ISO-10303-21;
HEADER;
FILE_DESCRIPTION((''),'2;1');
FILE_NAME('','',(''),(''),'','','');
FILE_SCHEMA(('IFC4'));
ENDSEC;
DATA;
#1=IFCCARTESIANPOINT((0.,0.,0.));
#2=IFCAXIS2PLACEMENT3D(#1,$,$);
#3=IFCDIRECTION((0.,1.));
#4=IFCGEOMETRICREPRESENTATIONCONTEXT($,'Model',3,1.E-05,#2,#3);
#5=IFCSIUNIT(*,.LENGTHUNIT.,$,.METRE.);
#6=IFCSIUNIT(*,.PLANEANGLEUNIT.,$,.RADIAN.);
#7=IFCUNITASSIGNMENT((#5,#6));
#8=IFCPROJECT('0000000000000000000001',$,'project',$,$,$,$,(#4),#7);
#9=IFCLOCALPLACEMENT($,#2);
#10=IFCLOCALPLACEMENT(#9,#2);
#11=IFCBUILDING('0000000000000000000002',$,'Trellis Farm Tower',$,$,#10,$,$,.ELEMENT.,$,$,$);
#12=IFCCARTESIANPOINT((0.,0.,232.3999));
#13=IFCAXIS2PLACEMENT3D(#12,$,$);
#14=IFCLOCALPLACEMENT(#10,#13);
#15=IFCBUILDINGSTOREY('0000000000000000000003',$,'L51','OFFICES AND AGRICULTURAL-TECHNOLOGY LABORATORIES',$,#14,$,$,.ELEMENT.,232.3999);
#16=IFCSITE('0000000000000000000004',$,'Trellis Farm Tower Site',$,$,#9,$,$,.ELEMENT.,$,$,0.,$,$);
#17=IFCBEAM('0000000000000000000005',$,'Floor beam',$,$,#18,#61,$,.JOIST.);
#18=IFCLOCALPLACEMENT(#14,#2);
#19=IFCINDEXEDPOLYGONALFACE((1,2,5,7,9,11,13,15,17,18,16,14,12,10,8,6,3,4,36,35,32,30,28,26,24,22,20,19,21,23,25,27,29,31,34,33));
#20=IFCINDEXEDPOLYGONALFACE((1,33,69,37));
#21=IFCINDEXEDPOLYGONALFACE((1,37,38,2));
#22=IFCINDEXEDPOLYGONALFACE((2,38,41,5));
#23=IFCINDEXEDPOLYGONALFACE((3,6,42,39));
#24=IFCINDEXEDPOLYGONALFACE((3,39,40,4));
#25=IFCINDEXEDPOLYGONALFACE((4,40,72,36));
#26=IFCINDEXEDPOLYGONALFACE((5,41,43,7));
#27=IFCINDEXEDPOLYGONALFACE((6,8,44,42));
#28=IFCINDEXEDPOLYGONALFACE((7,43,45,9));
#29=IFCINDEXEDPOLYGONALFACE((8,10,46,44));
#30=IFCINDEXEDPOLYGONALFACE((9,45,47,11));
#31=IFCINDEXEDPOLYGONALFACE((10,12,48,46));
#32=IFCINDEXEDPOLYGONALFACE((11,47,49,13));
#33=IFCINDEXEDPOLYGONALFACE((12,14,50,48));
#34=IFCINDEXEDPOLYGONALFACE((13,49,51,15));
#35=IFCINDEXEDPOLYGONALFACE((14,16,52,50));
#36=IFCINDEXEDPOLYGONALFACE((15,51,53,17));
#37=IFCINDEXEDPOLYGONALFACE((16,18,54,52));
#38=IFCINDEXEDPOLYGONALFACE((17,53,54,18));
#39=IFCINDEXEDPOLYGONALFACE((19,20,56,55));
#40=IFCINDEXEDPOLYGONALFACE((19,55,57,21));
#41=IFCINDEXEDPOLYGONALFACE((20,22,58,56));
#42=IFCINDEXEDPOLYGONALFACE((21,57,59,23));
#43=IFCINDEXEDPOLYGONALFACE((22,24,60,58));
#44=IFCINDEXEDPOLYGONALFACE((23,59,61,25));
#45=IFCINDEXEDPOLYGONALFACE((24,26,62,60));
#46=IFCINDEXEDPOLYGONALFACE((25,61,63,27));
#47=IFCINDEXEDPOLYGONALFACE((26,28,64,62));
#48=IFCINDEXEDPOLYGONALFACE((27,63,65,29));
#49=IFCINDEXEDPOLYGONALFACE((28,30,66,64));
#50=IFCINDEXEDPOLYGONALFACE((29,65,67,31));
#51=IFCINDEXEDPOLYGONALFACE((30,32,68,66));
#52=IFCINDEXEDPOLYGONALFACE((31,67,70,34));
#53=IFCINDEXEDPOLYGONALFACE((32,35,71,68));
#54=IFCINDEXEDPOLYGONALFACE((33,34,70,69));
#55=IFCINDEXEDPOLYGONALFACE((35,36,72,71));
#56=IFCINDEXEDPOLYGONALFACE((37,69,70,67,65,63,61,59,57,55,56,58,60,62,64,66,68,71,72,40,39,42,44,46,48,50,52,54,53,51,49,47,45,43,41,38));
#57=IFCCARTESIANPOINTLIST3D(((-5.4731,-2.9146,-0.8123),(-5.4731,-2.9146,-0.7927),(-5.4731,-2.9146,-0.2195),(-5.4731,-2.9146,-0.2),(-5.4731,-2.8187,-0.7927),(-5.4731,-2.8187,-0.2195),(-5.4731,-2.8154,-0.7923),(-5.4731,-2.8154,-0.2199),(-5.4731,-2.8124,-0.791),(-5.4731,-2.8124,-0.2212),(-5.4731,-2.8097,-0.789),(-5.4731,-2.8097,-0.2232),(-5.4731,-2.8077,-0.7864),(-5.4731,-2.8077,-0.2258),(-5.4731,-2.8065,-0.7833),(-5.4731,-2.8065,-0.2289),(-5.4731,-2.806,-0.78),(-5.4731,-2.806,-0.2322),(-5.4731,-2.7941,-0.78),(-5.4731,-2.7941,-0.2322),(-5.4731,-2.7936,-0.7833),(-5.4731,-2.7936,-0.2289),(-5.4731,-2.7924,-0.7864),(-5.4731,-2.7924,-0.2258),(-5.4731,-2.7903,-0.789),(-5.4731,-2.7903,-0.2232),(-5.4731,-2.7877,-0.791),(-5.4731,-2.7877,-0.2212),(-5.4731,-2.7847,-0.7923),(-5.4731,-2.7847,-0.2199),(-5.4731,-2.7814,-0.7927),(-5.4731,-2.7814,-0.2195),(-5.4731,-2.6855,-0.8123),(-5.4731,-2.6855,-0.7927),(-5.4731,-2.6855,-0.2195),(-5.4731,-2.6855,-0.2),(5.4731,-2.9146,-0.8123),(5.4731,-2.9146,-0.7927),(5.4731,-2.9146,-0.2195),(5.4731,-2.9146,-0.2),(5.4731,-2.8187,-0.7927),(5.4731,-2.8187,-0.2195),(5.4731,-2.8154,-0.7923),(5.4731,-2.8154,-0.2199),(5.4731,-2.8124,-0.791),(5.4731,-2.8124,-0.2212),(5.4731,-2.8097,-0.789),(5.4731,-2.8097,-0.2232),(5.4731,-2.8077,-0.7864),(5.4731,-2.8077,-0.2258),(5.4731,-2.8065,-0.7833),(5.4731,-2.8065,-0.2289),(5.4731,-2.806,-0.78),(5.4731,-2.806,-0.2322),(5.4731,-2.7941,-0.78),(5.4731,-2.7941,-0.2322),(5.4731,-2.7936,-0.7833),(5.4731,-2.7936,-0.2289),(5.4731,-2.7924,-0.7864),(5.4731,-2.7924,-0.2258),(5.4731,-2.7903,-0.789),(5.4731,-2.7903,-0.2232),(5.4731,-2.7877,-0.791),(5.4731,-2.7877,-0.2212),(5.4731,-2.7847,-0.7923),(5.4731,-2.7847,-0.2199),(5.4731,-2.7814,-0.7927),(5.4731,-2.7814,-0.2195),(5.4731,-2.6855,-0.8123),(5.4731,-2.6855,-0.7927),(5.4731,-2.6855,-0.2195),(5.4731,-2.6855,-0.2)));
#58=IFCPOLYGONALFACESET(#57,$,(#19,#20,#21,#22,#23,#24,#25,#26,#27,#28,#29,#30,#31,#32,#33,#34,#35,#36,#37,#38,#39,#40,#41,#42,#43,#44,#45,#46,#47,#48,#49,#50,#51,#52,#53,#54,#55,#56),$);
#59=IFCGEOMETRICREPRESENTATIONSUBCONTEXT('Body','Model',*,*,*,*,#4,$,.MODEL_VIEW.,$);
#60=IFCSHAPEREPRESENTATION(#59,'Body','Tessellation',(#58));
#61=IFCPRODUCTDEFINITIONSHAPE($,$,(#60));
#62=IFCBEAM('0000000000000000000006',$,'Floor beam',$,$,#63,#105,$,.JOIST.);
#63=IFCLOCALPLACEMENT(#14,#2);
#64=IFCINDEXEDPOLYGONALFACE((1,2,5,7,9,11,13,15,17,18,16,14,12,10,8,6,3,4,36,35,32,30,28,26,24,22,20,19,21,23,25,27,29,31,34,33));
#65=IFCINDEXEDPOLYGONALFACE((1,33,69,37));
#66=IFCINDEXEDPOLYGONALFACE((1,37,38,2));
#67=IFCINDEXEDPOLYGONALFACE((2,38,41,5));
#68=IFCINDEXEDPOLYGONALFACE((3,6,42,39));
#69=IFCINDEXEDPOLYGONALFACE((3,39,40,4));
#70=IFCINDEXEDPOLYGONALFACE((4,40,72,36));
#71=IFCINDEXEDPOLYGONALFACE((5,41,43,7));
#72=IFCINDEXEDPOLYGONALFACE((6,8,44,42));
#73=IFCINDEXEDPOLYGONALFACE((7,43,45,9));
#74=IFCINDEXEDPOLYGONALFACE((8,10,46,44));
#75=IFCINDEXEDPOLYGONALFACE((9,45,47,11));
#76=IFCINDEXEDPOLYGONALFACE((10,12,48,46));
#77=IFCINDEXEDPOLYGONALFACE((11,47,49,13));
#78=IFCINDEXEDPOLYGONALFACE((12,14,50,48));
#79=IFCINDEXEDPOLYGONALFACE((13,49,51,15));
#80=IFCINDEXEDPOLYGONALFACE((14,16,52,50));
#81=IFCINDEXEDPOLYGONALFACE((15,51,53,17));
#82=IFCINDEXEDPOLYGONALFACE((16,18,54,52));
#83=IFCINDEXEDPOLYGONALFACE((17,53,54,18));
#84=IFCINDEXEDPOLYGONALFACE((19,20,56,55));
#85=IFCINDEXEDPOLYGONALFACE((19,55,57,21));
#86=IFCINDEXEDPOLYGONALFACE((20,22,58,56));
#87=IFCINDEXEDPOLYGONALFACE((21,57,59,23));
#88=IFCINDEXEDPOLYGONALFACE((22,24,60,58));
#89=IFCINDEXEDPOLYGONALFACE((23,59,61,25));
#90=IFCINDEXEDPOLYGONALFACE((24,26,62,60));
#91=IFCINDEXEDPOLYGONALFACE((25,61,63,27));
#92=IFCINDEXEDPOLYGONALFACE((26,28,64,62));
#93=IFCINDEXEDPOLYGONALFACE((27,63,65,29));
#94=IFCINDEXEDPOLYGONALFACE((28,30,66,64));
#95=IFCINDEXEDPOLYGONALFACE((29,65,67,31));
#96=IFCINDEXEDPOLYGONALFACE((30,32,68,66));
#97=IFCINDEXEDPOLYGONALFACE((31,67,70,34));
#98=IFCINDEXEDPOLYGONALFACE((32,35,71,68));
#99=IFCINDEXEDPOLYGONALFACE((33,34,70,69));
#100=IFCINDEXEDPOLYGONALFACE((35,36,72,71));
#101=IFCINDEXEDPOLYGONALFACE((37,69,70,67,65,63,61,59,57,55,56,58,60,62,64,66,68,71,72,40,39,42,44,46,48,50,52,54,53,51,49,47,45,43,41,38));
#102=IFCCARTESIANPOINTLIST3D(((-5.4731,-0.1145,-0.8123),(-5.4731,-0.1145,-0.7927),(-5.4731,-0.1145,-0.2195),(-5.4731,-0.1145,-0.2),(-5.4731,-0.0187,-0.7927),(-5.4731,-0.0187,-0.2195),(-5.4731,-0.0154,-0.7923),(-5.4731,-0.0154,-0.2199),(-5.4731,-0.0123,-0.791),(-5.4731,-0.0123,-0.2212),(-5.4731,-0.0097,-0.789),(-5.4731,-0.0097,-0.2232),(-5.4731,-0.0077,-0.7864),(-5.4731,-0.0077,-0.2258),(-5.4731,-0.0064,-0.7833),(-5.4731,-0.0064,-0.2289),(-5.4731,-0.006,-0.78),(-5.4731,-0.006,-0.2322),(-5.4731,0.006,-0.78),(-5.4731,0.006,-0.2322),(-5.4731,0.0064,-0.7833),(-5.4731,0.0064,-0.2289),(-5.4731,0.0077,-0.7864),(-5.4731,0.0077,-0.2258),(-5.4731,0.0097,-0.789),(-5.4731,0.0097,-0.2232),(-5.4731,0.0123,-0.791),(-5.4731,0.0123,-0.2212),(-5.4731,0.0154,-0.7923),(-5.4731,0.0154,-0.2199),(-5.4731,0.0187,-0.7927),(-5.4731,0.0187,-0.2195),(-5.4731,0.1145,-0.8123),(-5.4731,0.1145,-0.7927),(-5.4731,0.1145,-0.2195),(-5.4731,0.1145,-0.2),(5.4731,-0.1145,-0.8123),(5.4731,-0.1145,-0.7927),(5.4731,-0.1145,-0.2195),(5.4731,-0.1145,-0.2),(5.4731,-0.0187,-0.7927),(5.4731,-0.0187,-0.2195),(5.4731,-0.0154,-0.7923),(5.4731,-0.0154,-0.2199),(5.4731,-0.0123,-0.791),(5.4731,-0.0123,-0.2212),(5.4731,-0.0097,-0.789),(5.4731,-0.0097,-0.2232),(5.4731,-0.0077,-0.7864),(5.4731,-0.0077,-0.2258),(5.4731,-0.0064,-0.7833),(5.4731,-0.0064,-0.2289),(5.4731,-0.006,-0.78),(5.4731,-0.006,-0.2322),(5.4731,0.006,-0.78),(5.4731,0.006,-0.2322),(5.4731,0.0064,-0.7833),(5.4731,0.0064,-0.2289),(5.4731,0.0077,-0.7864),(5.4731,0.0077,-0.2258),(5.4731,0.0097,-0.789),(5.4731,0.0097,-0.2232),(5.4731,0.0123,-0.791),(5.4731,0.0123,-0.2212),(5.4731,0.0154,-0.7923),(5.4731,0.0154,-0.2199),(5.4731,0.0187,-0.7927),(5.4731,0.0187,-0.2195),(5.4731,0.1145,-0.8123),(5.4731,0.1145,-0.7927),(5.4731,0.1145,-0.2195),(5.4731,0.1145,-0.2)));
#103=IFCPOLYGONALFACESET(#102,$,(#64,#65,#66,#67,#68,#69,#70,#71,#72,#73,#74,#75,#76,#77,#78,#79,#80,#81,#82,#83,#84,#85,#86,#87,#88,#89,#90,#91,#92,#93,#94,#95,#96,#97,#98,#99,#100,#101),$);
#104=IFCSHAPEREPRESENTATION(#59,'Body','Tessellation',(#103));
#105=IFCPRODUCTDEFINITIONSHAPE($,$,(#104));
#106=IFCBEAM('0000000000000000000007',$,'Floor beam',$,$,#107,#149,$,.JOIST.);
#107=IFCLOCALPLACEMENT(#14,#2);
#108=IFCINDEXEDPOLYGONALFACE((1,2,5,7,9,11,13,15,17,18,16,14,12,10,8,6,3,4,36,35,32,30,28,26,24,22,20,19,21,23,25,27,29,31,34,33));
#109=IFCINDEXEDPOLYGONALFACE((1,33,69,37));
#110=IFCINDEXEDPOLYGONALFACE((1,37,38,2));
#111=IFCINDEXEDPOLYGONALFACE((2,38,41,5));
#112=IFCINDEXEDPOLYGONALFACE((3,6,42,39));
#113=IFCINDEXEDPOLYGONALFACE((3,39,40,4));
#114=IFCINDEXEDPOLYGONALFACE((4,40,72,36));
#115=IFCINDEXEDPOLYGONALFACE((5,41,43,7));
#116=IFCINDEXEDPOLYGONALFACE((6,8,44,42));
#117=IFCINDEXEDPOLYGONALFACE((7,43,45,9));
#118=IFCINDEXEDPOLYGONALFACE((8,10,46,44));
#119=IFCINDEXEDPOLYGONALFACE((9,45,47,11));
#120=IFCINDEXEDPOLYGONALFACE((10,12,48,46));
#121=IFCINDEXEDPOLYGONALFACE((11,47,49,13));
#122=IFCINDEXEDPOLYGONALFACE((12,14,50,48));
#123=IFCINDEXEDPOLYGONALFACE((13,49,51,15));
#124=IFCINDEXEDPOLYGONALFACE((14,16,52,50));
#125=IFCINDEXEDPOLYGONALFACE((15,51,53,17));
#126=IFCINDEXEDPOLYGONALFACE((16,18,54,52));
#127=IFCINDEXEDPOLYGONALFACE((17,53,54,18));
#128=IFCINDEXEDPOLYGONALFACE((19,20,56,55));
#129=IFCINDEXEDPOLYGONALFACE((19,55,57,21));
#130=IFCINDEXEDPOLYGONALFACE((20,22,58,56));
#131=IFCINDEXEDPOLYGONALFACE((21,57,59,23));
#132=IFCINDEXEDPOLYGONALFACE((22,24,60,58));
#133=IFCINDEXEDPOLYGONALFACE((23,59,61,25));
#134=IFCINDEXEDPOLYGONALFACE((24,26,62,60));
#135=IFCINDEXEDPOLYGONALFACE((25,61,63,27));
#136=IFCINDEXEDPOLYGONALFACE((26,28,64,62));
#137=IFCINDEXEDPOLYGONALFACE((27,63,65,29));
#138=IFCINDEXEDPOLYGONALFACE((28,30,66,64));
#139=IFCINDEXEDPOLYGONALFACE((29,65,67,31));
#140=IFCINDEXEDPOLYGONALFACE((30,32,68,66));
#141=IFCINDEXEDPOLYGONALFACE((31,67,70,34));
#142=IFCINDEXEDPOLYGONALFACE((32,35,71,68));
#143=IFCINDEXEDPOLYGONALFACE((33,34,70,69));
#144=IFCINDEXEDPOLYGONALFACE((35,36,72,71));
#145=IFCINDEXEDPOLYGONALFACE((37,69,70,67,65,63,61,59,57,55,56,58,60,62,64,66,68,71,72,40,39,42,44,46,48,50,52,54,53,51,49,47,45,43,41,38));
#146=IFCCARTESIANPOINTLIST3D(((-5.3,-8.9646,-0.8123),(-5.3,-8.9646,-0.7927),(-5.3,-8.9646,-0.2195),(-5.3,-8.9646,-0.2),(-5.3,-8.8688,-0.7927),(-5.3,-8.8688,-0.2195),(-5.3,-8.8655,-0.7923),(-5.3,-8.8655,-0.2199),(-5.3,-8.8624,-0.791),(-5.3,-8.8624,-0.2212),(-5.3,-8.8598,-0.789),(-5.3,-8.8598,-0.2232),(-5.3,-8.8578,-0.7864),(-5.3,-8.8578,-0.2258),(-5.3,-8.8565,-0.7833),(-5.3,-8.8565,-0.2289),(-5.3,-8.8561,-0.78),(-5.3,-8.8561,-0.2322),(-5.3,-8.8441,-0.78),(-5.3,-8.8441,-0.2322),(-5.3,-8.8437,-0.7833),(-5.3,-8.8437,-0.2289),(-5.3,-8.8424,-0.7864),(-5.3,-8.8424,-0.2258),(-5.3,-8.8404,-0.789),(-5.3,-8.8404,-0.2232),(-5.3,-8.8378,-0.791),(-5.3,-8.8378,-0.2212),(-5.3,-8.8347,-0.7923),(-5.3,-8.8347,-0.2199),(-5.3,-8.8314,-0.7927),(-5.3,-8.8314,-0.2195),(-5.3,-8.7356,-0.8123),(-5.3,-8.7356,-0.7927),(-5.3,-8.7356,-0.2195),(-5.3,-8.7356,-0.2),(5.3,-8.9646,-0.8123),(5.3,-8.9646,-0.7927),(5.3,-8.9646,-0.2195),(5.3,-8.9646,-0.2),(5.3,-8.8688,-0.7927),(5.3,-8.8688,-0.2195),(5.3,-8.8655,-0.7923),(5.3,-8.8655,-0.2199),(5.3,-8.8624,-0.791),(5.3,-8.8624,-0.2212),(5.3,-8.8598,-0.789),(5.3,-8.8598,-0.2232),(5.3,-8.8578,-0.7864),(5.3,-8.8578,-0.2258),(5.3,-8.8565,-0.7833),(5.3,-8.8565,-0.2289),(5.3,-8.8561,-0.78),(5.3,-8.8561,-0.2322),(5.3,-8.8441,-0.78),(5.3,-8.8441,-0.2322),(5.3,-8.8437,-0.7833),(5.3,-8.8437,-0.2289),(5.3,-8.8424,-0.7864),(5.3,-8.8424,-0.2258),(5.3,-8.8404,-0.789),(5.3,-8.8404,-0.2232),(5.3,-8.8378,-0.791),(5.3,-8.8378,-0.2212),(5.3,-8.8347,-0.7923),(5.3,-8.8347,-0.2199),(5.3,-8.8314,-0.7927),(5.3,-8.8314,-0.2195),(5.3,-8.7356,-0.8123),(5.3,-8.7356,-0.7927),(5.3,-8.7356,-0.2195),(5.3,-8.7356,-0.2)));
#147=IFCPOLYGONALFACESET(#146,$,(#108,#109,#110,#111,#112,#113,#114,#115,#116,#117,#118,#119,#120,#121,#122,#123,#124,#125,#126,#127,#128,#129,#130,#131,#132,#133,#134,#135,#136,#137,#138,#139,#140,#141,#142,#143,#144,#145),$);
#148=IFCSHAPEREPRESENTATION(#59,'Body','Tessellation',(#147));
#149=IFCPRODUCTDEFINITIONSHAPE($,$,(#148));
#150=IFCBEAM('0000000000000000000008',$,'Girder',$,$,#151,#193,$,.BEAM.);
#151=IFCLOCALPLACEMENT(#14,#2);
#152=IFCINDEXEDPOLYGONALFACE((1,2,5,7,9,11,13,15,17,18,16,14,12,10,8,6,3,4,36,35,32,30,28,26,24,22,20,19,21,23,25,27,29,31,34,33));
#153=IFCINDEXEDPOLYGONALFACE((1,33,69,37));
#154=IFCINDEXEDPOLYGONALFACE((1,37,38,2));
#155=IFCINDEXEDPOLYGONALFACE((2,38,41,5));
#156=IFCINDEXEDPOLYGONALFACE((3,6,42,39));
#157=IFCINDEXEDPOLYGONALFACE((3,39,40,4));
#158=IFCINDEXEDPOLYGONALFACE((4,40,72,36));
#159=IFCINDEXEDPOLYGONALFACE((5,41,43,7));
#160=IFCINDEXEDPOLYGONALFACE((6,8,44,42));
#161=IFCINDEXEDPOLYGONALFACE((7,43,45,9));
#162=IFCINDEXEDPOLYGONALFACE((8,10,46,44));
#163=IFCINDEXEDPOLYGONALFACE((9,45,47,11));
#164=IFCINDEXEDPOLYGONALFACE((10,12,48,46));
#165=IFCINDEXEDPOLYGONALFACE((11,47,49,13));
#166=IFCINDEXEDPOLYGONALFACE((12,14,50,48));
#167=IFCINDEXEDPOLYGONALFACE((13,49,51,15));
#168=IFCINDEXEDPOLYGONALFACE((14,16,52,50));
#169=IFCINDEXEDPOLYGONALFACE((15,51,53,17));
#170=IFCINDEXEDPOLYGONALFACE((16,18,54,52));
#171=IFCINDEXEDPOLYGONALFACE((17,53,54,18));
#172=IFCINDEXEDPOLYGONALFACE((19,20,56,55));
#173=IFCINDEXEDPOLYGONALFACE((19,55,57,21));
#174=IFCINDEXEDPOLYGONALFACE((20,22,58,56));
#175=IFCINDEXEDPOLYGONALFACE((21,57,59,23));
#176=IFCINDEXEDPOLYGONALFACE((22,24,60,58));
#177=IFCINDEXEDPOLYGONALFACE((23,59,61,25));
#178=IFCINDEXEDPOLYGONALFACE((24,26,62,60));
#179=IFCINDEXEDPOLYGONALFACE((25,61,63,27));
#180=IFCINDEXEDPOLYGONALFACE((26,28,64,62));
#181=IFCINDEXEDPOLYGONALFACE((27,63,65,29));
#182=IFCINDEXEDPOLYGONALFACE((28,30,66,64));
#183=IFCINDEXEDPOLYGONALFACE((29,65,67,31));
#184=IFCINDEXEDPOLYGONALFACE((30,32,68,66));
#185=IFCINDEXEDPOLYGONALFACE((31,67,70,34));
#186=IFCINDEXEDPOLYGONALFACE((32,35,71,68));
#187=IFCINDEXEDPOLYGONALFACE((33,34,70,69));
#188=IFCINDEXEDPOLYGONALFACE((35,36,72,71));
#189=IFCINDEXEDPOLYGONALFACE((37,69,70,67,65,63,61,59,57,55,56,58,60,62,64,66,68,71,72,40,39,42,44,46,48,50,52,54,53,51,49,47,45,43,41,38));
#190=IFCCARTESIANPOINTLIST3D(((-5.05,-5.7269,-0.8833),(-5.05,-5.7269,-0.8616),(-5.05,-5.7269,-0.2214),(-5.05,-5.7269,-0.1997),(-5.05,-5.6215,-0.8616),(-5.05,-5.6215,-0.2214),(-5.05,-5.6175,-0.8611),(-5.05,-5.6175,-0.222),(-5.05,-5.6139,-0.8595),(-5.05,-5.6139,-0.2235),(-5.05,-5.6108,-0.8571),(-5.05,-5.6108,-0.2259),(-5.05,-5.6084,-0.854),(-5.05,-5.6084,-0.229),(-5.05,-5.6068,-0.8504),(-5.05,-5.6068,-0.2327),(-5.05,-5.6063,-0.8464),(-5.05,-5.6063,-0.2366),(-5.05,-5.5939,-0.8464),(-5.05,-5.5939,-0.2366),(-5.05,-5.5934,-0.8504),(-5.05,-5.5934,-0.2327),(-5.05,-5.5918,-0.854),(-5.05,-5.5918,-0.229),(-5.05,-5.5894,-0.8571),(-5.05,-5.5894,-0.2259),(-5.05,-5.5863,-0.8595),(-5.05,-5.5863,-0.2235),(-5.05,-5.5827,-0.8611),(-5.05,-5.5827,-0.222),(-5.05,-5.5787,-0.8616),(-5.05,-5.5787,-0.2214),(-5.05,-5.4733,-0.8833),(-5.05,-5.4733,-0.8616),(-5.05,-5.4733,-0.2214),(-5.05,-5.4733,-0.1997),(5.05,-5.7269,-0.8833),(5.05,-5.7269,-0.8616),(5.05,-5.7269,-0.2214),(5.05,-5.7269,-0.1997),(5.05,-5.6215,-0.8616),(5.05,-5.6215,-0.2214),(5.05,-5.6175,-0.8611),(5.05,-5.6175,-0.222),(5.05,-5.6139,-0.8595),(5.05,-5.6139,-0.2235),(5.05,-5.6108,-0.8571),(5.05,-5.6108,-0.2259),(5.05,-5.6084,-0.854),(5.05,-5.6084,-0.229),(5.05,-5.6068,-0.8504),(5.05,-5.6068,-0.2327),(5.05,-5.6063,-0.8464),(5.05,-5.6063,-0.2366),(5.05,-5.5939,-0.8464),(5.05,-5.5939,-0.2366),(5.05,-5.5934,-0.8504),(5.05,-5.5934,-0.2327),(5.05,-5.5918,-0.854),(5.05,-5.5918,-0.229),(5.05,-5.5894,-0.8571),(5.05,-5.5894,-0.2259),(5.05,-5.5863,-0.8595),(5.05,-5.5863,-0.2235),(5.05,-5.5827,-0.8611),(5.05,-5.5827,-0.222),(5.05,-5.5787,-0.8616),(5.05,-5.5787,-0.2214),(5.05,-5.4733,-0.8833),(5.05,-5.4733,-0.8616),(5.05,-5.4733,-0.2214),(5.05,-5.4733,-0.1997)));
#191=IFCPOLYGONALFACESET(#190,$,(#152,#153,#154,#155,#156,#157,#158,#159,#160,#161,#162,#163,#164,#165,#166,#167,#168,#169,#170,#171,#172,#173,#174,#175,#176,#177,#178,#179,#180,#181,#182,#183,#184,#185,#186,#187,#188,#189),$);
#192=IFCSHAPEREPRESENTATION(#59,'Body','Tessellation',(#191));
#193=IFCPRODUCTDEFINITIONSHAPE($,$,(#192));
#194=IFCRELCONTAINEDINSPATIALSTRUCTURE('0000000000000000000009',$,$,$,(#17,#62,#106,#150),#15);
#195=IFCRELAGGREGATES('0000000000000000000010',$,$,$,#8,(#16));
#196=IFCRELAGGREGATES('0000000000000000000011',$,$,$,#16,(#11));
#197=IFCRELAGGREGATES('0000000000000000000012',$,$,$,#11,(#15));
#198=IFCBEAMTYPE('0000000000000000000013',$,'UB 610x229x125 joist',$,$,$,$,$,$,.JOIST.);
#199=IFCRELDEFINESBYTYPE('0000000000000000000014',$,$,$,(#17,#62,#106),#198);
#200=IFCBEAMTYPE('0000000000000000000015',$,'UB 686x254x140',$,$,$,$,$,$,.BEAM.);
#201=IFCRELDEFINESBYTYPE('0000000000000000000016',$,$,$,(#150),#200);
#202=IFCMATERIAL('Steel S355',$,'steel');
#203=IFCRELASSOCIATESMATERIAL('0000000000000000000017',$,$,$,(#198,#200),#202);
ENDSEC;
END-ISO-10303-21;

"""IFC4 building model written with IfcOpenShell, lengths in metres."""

from ifc_helpers import new_model, si_unit, direction, frame, origin, origin_2d, place, context, subcontext, project, spatial, i_section, extrude, source, transform, mapped, material, material_profile, profile_set, type_object, element, save


model = new_model("IFC4")

# Units and contexts
model_context = context("Model", 3, precision=1e-05, world=origin(), true_north=direction((0.0, 1.0)))
body_context = subcontext(model_context, "Body", "Model", "MODEL_VIEW")
ifc_project = project(units=[si_unit("LENGTHUNIT", "METRE"), si_unit("PLANEANGLEUNIT", "RADIAN")], contexts=[model_context])

# Site, building, storey
site_placement = place(None, origin())
site = spatial("IfcSite", under=ifc_project, at=site_placement, Name="Trellis Farm Tower Site", CompositionType="ELEMENT", RefElevation=0.0)
building_placement = place(site_placement, origin())
building = spatial("IfcBuilding", under=site, at=building_placement, Name="Trellis Farm Tower", CompositionType="ELEMENT")
storey_placement = place(building_placement, frame((0.0, 0.0, 232.3999)))
storey = spatial("IfcBuildingStorey", under=building, at=storey_placement, Name="L51", Description="OFFICES AND AGRICULTURAL-TECHNOLOGY LABORATORIES", CompositionType="ELEMENT", Elevation=232.3999)

# Beams
ifc_material_1 = material(Name="Steel S355", Category="steel")
ifc_material_profile_1 = material_profile(ifc_material_1, i_section(OverallWidth=0.229, OverallDepth=0.6123, WebThickness=0.012, FlangeThickness=0.0195, FilletRadius=0.0127, at=origin_2d()), Name="UB 610x229x125")
ifc_profile_set_1 = profile_set([ifc_material_profile_1], Name="Steel S355")
beam_type_1 = type_object("IfcBeamType", Name="UB 610x229x125 joist", PredefinedType="JOIST", material=ifc_profile_set_1)
shared_shape_1 = source(origin(), body_context, "Body", "SweptSolid", [
    extrude(i_section(OverallWidth=0.229, OverallDepth=0.6123, WebThickness=0.012, FlangeThickness=0.0195, FilletRadius=0.0127, at=origin_2d()), origin(), (0.0, 0.0, 1.0), 10.9463),
])
for number, where, z_axis, x_axis, name in (
    (1, (-5.4731, -2.8, -0.5061), (1.0, 0.0, 0.0), (0.0, 1.0, 0.0), "Floor beam"),
    (2, (-5.4731, 0.0, -0.5061), (1.0, 0.0, 0.0), (0.0, 1.0, 0.0), "Floor beam"),
):
    element("IfcBeam", number, at=place(storey_placement, frame(where, z_axis=z_axis, x_axis=x_axis)), inside=storey, type_object=beam_type_1, Name=name, PredefinedType="JOIST", context=body_context, shape_type="MappedRepresentation", body=[
        mapped(shared_shape_1, transform((0.0, 0.0, 0.0))),
    ])
shared_shape_2 = source(origin(), body_context, "Body", "SweptSolid", [
    extrude(i_section(OverallWidth=0.229, OverallDepth=0.6123, WebThickness=0.012, FlangeThickness=0.0195, FilletRadius=0.0127, at=origin_2d()), origin(), (0.0, 0.0, 1.0), 10.6001),
])
beam_1_placement = place(storey_placement, frame((-5.3, -8.8501, -0.5061), z_axis=(1.0, 0.0, 0.0), x_axis=(0.0, 1.0, 0.0)))
element("IfcBeam", 3, at=beam_1_placement, inside=storey, type_object=beam_type_1, Name="Floor beam", PredefinedType="JOIST", context=body_context, shape_type="MappedRepresentation", body=[
    mapped(shared_shape_2, transform((0.0, 0.0, 0.0))),
])
ifc_material_profile_2 = material_profile(ifc_material_1, i_section(OverallWidth=0.2537, OverallDepth=0.6836, WebThickness=0.0125, FlangeThickness=0.0217, FilletRadius=0.0151, at=origin_2d()), Name="UB 686x254x140")
ifc_profile_set_2 = profile_set([ifc_material_profile_2], Name="Steel S355")
beam_type_2 = type_object("IfcBeamType", Name="UB 686x254x140", PredefinedType="BEAM", material=ifc_profile_set_2)
shared_shape_3 = source(origin(), body_context, "Body", "SweptSolid", [
    extrude(i_section(OverallWidth=0.2537, OverallDepth=0.6836, WebThickness=0.0125, FlangeThickness=0.0217, FilletRadius=0.0151, at=origin_2d()), origin(), (0.0, 0.0, 1.0), 10.1001),
])
beam_2_placement = place(storey_placement, frame((-5.05, -5.6001, -0.5415), z_axis=(1.0, 0.0, 0.0), x_axis=(0.0, 1.0, 0.0)))
element("IfcBeam", 4, at=beam_2_placement, inside=storey, type_object=beam_type_2, Name="Girder", PredefinedType="BEAM", context=body_context, shape_type="MappedRepresentation", body=[
    mapped(shared_shape_3, transform((0.0, 0.0, 0.0))),
])

save(model, "model.ifc")
